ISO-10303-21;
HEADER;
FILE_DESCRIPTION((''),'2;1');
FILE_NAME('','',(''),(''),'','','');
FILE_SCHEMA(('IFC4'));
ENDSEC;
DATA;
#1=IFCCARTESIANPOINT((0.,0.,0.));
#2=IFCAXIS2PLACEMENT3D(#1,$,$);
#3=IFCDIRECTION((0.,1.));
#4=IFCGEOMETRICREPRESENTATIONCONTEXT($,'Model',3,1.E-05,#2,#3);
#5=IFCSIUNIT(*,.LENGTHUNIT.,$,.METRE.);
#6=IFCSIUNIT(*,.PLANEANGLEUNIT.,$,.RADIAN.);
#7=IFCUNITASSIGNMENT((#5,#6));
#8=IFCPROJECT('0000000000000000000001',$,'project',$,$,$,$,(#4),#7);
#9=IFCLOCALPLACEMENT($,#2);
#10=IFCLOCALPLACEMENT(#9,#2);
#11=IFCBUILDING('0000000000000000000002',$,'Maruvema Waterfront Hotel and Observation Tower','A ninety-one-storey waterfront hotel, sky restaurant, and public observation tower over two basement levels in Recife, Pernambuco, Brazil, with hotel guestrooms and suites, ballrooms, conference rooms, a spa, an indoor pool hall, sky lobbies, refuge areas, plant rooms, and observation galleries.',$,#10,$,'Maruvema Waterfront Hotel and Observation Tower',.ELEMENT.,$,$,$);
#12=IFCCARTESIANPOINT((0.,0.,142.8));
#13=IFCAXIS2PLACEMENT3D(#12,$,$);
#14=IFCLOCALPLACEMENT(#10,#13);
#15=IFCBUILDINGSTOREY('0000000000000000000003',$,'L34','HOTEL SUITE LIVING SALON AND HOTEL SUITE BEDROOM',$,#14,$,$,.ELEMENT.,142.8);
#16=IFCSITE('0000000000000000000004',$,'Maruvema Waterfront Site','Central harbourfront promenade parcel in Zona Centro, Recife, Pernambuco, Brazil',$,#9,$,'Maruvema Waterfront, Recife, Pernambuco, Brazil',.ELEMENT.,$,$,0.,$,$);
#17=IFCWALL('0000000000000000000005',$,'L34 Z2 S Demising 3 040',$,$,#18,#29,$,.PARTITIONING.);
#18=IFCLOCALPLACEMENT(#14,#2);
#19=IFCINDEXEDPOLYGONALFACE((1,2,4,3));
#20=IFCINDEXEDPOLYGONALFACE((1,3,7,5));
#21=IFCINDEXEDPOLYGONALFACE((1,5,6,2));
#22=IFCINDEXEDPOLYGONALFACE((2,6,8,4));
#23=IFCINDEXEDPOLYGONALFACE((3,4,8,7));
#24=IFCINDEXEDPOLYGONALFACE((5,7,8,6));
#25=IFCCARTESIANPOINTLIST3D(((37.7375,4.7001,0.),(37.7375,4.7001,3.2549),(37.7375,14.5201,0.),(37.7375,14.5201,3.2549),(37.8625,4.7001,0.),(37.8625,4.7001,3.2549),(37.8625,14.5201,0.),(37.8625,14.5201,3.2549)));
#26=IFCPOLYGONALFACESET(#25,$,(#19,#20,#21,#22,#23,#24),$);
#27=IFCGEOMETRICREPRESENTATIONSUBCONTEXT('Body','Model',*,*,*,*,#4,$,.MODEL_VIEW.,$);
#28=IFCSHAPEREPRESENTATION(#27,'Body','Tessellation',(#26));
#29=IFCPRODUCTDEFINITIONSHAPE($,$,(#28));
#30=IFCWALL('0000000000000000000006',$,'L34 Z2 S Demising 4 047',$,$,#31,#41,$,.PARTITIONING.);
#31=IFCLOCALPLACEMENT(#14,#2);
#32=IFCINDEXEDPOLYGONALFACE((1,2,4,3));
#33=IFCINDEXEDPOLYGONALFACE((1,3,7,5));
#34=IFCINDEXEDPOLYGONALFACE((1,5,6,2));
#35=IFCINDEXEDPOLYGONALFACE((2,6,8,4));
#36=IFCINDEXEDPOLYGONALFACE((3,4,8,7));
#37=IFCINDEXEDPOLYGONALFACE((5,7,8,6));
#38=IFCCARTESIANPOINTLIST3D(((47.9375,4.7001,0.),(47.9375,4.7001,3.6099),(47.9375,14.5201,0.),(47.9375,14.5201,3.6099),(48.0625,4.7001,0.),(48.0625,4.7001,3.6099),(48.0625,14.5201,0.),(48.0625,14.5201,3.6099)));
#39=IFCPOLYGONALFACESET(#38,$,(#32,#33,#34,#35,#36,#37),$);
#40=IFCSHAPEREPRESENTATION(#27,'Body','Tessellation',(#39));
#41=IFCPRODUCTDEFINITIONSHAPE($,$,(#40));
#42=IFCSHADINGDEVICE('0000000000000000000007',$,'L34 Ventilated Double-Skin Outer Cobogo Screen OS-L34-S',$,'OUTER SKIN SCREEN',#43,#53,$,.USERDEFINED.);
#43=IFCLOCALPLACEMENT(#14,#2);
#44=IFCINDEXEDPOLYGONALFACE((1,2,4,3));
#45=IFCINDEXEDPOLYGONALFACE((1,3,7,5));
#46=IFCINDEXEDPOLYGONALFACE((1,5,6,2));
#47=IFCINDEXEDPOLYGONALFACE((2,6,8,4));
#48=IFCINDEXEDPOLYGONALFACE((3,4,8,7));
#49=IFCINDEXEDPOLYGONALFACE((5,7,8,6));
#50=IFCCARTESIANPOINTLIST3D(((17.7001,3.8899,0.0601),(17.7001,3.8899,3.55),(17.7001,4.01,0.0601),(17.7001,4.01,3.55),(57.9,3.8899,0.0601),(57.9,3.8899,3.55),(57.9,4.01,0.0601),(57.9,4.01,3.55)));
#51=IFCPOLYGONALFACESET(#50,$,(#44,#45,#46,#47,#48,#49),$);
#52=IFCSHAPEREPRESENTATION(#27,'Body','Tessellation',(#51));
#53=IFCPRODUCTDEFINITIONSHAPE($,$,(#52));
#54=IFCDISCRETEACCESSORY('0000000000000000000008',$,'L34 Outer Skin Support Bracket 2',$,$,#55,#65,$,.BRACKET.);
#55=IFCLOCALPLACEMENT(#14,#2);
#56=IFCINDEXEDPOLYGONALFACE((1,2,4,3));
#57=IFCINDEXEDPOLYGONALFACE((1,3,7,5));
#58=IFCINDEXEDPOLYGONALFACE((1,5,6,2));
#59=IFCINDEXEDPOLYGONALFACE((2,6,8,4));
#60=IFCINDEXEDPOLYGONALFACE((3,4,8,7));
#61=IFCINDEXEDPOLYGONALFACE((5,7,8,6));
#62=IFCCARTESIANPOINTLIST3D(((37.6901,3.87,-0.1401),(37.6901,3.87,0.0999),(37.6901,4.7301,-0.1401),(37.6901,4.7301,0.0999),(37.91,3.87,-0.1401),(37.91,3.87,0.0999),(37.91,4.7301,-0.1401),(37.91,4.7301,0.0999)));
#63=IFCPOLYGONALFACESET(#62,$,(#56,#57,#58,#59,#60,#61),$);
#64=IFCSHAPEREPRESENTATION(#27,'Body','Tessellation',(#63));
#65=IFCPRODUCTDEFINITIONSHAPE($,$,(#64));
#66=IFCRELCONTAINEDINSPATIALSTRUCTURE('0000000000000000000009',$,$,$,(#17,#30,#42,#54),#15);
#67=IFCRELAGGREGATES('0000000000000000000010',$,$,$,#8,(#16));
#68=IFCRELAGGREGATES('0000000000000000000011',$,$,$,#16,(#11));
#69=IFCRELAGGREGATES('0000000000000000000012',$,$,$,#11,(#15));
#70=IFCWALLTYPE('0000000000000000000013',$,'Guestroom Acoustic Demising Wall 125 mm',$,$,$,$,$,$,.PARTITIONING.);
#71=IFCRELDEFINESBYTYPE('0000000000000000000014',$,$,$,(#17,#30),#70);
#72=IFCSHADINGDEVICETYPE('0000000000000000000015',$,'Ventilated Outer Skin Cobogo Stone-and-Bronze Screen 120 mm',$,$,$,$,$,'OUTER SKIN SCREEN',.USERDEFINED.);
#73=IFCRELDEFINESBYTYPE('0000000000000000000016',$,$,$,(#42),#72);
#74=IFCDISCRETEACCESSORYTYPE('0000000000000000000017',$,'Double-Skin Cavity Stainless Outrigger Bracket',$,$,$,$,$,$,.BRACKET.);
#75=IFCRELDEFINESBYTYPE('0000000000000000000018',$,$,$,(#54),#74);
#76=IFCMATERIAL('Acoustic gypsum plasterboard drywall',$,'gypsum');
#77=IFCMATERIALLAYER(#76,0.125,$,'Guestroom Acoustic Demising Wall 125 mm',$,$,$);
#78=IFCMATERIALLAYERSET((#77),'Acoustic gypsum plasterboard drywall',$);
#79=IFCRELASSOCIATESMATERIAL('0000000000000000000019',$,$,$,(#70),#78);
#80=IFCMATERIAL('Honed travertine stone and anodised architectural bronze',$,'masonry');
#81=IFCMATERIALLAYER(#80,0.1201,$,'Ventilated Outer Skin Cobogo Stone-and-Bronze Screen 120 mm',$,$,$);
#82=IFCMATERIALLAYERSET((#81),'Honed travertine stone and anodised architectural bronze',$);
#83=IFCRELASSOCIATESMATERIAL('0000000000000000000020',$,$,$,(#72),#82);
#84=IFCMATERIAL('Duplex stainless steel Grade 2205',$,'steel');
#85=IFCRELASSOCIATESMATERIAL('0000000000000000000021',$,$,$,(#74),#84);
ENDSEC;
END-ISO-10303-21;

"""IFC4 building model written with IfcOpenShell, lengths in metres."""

from ifc_helpers import new_model, si_unit, direction, frame, frame_2d, origin, origin_2d, place, context, subcontext, project, spatial, rectangle, extrude, material, layer, layer_set, type_object, element, save


model = new_model("IFC4")

# Units and contexts
model_context = context("Model", 3, precision=1e-05, world=origin(), true_north=direction((0.0, 1.0)))
body_context = subcontext(model_context, "Body", "Model", "MODEL_VIEW")
ifc_project = project(units=[si_unit("LENGTHUNIT", "METRE"), si_unit("PLANEANGLEUNIT", "RADIAN")], contexts=[model_context])

# Site, building, storey
site_placement = place(None, origin())
site = spatial("IfcSite", under=ifc_project, at=site_placement, Name="Maruvema Waterfront Site", Description="Central harbourfront promenade parcel in Zona Centro, Recife, Pernambuco, Brazil", LongName="Maruvema Waterfront, Recife, Pernambuco, Brazil", CompositionType="ELEMENT", RefElevation=0.0)
building_placement = place(site_placement, origin())
building = spatial("IfcBuilding", under=site, at=building_placement, Name="Maruvema Waterfront Hotel and Observation Tower", Description="A ninety-one-storey waterfront hotel, sky restaurant, and public observation tower over two basement levels in Recife, Pernambuco, Brazil, with hotel guestrooms and suites, ballrooms, conference rooms, a spa, an indoor pool hall, sky lobbies, refuge areas, plant rooms, and observation galleries.", LongName="Maruvema Waterfront Hotel and Observation Tower", CompositionType="ELEMENT")
storey_placement = place(building_placement, frame((0.0, 0.0, 142.8)))
storey = spatial("IfcBuildingStorey", under=building, at=storey_placement, Name="L34", Description="HOTEL SUITE LIVING SALON AND HOTEL SUITE BEDROOM", CompositionType="ELEMENT", Elevation=142.8)

# Walls
ifc_material_1 = material(Name="Acoustic gypsum plasterboard drywall", Category="gypsum")
ifc_layer_1 = layer(ifc_material_1, 0.125, Name="Guestroom Acoustic Demising Wall 125 mm")
ifc_layer_set_1 = layer_set([ifc_layer_1], Name="Acoustic gypsum plasterboard drywall")
wall_type_1 = type_object("IfcWallType", Name="Guestroom Acoustic Demising Wall 125 mm", PredefinedType="PARTITIONING", material=ifc_layer_set_1)
wall_1_placement = place(storey_placement, frame((37.8, 4.7, 0.0), z_axis=(0.0, 0.0, 1.0), x_axis=(0.0, 1.0, 0.0)))
element("IfcWall", 1, at=wall_1_placement, inside=storey, type_object=wall_type_1, Name="L34 Z2 S Demising 3 040", PredefinedType="PARTITIONING", context=body_context, shape_type="SweptSolid", body=[
    extrude(rectangle(XDim=9.8201, YDim=0.125, at=frame_2d((4.9102, 0.0))), origin(), (0.0, 0.0, 1.0), 3.2549),
])
wall_2_placement = place(storey_placement, frame((48.0, 4.7, 0.0), z_axis=(0.0, 0.0, 1.0), x_axis=(0.0, 1.0, 0.0)))
element("IfcWall", 2, at=wall_2_placement, inside=storey, type_object=wall_type_1, Name="L34 Z2 S Demising 4 047", PredefinedType="PARTITIONING", context=body_context, shape_type="SweptSolid", body=[
    extrude(rectangle(XDim=9.8201, YDim=0.125, at=frame_2d((4.9102, 0.0))), origin(), (0.0, 0.0, 1.0), 3.6099),
])

# Shading device
ifc_material_2 = material(Name="Honed travertine stone and anodised architectural bronze", Category="masonry")
ifc_layer_2 = layer(ifc_material_2, 0.1201, Name="Ventilated Outer Skin Cobogo Stone-and-Bronze Screen 120 mm")
ifc_layer_set_2 = layer_set([ifc_layer_2], Name="Honed travertine stone and anodised architectural bronze")
shading_device_type = type_object("IfcShadingDeviceType", Name="Ventilated Outer Skin Cobogo Stone-and-Bronze Screen 120 mm", ElementType="OUTER SKIN SCREEN", PredefinedType="USERDEFINED", material=ifc_layer_set_2)
shading_device_placement = place(storey_placement, frame((37.8, 3.95, 0.0601), z_axis=(0.0, 0.0, 1.0), x_axis=(1.0, 0.0, 0.0)))
element("IfcShadingDevice", 3, at=shading_device_placement, inside=storey, type_object=shading_device_type, Name="L34 Ventilated Double-Skin Outer Cobogo Screen OS-L34-S", ObjectType="OUTER SKIN SCREEN", PredefinedType="USERDEFINED", context=body_context, shape_type="SweptSolid", body=[
    extrude(rectangle(XDim=40.2, YDim=0.1201, at=origin_2d()), origin(), (0.0, 0.0, 1.0), 3.49),
])

# Discrete accessory
ifc_material_3 = material(Name="Duplex stainless steel Grade 2205", Category="steel")
discrete_accessory_type = type_object("IfcDiscreteAccessoryType", Name="Double-Skin Cavity Stainless Outrigger Bracket", PredefinedType="BRACKET", material=ifc_material_3)
discrete_accessory_placement = place(storey_placement, frame((37.8, 4.3, -0.1401), z_axis=(0.0, 0.0, 1.0), x_axis=(1.0, 0.0, 0.0)))
element("IfcDiscreteAccessory", 4, at=discrete_accessory_placement, inside=storey, type_object=discrete_accessory_type, Name="L34 Outer Skin Support Bracket 2", PredefinedType="BRACKET", context=body_context, shape_type="SweptSolid", body=[
    extrude(rectangle(XDim=0.22, YDim=0.8601, at=origin_2d()), origin(), (0.0, 0.0, 1.0), 0.24),
])

save(model, "model.ifc")
